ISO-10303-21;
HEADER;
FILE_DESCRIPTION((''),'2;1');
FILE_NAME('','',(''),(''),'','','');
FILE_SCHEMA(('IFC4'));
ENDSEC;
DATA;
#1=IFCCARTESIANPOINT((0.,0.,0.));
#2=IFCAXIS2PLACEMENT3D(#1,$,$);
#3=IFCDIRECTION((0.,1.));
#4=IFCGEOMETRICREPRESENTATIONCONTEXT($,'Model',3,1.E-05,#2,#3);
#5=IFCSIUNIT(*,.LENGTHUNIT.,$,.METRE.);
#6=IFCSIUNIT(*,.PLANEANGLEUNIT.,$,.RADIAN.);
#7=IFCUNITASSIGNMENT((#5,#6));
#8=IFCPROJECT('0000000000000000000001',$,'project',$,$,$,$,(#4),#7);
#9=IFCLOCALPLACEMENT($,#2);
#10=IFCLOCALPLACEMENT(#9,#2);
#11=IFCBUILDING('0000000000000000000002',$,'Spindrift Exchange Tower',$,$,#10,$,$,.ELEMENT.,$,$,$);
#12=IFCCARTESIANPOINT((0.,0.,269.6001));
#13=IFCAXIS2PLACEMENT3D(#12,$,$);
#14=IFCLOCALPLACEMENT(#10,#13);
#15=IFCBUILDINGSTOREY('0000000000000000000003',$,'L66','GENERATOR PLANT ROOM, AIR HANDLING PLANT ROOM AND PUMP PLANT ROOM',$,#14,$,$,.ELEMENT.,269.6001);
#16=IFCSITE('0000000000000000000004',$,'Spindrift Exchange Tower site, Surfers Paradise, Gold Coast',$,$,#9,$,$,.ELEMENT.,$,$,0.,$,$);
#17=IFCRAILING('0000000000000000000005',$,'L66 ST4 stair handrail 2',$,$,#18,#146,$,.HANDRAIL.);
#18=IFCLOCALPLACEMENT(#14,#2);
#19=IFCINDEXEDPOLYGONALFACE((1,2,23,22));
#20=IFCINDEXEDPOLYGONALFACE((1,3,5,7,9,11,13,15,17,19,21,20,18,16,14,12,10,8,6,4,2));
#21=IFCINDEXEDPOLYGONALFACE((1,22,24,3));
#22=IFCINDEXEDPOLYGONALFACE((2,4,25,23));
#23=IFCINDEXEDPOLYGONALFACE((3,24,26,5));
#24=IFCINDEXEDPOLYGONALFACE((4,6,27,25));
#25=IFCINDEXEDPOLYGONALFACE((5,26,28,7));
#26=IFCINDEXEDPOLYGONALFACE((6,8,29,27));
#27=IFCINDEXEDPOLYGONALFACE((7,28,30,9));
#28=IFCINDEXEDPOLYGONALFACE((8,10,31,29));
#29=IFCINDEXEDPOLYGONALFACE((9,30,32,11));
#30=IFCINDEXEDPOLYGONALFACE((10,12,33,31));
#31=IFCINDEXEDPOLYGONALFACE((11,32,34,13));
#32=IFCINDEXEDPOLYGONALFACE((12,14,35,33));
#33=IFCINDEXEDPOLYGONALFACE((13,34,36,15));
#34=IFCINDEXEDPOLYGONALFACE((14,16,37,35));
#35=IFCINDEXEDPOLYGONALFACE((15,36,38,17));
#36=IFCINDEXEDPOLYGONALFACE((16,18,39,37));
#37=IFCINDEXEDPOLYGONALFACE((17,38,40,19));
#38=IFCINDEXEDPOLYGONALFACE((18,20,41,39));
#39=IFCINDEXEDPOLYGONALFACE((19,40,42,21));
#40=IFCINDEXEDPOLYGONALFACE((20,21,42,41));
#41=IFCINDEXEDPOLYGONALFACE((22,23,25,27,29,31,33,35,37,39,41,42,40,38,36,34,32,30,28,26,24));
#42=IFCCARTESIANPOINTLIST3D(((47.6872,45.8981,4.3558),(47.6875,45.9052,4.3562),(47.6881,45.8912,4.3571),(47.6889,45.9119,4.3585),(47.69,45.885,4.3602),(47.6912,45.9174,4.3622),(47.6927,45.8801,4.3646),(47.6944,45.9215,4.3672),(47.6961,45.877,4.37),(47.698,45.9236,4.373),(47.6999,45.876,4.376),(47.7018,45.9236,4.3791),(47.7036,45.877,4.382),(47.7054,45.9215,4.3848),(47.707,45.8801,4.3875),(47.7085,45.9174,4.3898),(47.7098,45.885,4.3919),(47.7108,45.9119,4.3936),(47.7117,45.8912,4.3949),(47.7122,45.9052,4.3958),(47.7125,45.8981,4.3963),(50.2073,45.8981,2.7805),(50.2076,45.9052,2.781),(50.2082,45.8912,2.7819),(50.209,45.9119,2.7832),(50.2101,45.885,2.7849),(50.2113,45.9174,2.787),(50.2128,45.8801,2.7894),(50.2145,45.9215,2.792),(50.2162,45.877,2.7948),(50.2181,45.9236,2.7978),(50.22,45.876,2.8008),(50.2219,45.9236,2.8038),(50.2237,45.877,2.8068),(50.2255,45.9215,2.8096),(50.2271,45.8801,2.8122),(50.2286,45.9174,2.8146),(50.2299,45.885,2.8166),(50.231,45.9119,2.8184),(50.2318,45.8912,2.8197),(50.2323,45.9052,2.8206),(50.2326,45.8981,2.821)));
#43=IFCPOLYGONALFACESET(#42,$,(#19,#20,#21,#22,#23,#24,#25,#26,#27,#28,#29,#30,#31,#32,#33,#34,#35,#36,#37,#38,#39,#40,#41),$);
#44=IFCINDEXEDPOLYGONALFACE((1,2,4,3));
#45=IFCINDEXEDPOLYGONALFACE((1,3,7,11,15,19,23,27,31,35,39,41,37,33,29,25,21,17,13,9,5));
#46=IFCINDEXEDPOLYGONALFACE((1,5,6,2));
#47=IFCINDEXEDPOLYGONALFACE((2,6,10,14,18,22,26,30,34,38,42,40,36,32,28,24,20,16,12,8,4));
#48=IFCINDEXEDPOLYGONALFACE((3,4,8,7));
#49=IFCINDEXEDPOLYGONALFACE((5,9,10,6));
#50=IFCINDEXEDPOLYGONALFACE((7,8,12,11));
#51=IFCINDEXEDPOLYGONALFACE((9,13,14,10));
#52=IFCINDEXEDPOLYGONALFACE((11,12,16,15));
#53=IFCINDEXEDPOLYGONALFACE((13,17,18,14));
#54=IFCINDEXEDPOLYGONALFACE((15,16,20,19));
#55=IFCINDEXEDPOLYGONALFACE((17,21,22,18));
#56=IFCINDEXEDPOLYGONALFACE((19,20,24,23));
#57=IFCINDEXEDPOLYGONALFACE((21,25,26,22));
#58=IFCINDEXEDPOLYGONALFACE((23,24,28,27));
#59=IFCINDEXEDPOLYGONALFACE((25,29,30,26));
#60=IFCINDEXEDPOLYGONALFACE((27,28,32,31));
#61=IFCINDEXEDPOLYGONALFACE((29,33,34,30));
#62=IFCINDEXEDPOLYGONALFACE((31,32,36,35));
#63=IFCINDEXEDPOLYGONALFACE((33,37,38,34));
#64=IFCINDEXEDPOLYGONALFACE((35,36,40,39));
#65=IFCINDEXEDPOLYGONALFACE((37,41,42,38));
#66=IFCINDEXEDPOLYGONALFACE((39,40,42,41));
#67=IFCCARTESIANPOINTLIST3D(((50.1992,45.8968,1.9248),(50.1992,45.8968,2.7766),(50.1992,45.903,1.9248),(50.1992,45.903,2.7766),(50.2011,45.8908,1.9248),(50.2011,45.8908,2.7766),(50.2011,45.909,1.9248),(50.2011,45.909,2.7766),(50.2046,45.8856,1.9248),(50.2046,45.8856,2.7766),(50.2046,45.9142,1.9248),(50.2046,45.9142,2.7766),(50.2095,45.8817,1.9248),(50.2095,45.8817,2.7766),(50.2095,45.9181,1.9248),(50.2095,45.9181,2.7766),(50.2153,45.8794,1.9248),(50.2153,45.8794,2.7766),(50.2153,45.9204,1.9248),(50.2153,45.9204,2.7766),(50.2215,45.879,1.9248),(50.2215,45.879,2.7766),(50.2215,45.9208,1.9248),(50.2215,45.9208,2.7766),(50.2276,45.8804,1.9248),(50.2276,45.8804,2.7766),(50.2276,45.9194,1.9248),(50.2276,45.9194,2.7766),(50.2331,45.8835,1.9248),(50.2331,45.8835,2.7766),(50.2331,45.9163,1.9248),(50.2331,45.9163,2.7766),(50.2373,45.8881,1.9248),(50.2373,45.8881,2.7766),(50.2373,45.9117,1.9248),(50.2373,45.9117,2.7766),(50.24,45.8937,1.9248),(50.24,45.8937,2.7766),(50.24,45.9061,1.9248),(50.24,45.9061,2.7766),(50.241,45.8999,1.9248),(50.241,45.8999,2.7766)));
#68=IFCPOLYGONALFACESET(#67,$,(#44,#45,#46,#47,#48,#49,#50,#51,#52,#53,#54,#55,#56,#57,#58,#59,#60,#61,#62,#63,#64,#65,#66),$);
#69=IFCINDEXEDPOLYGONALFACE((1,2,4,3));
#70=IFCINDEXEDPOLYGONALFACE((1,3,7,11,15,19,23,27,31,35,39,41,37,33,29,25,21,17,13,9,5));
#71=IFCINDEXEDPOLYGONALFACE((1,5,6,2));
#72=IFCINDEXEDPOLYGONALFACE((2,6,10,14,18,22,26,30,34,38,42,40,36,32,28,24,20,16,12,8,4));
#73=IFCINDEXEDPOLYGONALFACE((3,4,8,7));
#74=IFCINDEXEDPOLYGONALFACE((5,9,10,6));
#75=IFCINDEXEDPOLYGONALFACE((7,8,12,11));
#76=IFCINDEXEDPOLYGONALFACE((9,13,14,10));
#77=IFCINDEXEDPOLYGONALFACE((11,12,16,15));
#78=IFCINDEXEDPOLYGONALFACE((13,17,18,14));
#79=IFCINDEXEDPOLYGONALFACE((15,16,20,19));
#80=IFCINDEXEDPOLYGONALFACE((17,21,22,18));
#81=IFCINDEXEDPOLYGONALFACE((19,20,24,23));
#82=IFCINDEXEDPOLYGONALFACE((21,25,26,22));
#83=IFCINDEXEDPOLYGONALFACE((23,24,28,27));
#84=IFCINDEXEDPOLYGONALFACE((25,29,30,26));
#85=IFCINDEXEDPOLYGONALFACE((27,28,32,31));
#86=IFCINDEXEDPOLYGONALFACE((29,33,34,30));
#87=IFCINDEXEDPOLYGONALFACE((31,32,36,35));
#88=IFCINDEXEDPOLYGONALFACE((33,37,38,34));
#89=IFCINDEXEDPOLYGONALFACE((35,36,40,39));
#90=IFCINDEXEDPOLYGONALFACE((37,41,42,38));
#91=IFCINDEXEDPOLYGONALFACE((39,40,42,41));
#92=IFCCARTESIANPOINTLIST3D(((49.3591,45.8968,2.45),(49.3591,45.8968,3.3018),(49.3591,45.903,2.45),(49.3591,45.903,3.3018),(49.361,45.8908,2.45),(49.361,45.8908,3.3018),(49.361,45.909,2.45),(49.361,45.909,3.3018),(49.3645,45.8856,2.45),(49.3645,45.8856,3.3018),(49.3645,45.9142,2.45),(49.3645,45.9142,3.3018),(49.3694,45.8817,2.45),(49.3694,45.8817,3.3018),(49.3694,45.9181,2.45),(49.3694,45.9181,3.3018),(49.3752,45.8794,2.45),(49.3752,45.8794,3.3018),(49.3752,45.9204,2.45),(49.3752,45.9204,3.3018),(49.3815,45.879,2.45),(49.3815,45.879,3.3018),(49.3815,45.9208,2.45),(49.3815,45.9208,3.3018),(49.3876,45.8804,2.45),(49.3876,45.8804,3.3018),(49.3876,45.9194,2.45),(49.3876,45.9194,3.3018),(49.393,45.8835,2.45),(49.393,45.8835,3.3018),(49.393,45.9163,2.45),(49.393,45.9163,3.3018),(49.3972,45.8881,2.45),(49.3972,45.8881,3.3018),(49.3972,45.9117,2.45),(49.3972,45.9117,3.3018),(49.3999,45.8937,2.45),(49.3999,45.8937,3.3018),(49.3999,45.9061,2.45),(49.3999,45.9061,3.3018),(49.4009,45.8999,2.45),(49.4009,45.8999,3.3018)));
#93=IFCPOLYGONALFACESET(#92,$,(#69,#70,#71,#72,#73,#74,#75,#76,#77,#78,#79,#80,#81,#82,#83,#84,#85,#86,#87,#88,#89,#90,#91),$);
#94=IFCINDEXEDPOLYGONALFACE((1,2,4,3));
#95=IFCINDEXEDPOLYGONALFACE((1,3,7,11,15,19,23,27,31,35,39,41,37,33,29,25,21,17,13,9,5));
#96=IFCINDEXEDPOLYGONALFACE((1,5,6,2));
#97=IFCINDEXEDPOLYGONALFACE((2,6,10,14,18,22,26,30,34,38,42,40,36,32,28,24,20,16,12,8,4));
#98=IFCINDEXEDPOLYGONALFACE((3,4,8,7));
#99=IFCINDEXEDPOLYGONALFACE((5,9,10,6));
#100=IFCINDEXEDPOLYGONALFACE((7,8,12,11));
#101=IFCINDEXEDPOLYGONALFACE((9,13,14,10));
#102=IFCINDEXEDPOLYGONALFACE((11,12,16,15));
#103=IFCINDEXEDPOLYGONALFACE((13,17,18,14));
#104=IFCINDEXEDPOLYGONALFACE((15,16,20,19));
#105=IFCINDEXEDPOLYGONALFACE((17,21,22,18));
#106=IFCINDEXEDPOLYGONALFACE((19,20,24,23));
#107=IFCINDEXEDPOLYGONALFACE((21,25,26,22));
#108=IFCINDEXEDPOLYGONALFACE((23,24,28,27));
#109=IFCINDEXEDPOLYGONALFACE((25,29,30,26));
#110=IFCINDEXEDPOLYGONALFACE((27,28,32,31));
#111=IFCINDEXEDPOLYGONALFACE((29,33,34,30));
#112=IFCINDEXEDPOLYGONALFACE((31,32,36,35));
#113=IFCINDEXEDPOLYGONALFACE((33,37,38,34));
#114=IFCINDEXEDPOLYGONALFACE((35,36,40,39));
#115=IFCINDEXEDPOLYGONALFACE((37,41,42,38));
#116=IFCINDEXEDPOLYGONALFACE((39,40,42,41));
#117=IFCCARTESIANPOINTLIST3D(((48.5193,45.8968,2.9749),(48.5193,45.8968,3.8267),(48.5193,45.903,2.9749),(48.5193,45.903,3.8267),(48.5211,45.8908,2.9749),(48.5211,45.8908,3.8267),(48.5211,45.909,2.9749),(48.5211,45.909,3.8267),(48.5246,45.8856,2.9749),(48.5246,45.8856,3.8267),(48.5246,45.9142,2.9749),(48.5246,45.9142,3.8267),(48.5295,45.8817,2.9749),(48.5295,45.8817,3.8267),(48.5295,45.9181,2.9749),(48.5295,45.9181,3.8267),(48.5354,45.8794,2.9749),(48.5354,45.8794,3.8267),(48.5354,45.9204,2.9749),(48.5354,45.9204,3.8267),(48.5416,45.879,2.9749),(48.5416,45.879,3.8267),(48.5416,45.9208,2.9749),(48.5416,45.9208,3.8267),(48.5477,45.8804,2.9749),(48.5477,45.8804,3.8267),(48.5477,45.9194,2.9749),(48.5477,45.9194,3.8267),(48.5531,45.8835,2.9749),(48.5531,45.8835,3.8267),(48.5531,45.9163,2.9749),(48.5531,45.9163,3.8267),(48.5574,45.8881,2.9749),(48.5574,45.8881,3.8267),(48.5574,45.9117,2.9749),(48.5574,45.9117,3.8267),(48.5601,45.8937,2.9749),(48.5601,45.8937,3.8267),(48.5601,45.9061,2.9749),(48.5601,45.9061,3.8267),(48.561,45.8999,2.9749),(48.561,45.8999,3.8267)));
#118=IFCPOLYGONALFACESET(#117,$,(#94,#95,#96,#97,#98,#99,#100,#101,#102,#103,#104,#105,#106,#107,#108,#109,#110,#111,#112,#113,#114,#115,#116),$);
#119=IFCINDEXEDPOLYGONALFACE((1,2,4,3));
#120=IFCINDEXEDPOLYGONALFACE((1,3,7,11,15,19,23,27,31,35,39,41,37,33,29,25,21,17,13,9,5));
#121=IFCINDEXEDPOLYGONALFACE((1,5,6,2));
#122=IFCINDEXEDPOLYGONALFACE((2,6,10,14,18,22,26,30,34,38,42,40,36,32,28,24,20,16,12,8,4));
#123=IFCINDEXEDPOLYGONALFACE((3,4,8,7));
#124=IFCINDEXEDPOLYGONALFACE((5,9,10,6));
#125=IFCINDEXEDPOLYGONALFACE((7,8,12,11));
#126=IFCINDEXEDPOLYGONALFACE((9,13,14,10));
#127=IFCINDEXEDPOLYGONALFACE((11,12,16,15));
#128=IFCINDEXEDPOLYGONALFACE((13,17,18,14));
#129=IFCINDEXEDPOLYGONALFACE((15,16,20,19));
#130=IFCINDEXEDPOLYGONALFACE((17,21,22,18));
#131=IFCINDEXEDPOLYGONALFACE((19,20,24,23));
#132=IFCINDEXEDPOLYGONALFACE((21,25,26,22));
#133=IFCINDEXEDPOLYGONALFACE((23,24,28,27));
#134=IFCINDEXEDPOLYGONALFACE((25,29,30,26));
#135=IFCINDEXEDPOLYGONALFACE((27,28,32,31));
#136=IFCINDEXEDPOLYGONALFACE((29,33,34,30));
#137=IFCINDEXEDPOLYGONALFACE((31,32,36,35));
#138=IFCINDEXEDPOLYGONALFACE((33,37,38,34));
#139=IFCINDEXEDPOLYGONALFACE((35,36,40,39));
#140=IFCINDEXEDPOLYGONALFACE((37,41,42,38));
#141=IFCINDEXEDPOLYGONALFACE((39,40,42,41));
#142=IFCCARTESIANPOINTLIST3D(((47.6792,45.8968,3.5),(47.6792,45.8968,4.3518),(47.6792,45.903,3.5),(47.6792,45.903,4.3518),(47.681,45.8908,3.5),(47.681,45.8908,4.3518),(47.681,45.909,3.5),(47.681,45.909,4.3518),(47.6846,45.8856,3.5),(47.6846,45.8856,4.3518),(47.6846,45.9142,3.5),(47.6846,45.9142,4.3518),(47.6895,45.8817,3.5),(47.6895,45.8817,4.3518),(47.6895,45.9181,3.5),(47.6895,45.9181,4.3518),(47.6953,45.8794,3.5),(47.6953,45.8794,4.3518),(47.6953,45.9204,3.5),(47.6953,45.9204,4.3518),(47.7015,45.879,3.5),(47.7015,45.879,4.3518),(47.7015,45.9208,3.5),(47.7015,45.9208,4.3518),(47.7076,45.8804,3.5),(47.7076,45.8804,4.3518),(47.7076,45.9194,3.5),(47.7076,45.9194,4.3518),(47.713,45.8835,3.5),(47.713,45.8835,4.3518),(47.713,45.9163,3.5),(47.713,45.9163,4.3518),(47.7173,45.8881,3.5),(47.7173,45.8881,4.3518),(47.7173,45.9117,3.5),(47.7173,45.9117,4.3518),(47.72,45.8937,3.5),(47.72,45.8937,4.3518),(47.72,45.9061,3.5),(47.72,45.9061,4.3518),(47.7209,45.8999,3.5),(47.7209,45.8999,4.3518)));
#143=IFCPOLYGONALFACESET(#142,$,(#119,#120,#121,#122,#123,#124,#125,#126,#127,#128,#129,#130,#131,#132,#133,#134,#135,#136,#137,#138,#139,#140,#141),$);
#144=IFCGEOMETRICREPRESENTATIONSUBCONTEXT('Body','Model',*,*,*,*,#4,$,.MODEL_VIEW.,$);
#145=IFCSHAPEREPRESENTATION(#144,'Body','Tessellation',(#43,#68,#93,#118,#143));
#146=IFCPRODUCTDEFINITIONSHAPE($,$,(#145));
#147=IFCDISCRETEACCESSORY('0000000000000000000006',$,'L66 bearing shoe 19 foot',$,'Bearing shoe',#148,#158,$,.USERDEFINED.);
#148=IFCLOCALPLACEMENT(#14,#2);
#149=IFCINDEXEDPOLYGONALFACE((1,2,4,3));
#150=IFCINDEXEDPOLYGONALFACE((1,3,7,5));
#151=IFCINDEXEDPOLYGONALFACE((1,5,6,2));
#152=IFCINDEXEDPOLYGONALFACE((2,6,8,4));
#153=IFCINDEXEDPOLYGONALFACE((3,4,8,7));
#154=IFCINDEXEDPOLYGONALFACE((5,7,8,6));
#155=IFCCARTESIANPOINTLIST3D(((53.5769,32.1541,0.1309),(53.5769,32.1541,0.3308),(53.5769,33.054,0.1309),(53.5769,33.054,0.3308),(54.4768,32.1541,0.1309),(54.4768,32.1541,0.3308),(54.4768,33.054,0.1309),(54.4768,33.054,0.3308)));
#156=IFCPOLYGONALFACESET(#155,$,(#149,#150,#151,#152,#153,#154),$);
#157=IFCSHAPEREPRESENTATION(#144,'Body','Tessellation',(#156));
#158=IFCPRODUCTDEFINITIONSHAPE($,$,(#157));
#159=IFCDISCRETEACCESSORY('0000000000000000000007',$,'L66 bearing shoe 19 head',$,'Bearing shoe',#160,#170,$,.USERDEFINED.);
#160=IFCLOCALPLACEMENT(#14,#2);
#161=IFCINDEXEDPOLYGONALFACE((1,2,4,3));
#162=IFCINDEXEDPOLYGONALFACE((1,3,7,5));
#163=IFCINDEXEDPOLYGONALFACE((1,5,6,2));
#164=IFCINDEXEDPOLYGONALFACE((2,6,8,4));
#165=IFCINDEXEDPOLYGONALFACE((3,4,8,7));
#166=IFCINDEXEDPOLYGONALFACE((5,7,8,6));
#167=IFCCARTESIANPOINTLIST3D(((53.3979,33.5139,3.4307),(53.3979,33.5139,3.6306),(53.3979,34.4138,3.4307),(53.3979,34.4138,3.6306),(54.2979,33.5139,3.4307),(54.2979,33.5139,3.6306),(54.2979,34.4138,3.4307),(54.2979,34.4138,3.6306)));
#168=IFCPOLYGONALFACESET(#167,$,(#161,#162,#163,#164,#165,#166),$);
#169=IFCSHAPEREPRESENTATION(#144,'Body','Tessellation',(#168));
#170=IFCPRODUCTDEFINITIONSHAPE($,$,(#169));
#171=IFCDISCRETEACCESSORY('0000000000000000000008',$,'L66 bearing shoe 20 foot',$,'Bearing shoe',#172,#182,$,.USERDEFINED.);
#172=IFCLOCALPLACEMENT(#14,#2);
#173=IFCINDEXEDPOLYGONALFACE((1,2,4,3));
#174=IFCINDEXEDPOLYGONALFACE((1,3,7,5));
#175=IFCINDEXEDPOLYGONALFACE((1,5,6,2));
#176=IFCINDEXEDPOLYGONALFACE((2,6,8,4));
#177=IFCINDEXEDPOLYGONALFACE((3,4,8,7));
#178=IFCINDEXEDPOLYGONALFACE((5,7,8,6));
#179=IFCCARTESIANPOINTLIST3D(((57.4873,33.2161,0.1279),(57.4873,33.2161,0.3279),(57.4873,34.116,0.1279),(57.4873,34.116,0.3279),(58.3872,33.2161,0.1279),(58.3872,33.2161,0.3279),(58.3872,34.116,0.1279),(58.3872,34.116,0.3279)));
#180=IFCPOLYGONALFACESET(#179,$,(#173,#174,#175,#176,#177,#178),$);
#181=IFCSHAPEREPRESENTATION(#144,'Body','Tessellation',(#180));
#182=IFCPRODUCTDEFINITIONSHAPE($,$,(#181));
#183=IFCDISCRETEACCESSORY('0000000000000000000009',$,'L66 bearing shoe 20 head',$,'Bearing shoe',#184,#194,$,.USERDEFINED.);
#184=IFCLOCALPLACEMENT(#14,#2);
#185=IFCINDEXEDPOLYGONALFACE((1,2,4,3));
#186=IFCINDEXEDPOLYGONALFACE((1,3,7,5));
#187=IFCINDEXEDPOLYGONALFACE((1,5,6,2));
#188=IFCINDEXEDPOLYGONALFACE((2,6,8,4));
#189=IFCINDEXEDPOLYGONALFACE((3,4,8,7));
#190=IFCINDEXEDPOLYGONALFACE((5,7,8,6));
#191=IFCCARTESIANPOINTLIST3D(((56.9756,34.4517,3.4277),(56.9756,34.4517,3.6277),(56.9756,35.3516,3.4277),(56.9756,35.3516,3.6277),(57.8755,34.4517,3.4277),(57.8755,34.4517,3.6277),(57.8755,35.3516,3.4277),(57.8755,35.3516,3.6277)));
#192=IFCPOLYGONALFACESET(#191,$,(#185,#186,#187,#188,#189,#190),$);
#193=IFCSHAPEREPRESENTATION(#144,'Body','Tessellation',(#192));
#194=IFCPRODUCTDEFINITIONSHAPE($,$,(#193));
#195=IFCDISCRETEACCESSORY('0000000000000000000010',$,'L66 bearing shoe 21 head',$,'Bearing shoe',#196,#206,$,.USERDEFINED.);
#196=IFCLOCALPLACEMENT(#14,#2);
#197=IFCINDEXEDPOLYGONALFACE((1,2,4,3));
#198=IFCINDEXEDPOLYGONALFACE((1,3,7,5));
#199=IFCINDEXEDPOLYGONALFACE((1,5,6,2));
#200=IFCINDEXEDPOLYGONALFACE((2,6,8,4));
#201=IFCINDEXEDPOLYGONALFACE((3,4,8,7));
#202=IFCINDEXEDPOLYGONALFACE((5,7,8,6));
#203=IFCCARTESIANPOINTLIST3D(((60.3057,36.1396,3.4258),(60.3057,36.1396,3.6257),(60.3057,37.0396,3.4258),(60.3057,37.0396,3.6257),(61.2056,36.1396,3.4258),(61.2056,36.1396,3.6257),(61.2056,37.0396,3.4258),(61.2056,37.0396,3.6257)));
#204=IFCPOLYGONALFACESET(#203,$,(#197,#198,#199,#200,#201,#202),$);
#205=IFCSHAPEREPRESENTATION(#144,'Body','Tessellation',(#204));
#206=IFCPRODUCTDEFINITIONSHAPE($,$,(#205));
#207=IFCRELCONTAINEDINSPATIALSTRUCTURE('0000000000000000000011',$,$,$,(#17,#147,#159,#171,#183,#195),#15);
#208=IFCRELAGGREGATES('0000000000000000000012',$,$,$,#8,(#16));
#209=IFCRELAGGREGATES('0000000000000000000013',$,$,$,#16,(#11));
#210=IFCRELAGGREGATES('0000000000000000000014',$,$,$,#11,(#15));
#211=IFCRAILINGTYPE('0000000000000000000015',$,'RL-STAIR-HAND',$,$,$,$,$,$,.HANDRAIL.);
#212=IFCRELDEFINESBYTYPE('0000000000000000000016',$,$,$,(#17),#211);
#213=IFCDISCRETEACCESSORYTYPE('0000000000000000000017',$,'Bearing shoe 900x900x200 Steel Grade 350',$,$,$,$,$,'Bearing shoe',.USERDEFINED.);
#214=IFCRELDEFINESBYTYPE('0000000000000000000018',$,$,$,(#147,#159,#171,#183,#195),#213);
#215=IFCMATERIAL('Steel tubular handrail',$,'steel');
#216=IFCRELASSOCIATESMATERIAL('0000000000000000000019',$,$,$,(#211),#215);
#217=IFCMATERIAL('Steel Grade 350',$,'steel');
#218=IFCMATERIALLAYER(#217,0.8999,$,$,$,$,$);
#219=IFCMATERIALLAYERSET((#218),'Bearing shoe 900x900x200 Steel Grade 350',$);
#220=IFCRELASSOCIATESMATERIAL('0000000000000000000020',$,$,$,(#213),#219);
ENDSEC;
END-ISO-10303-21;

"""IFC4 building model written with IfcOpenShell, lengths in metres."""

from ifc_helpers import new_model, si_unit, direction, frame, origin, origin_2d, place, context, subcontext, project, spatial, rectangle, circle, extrude, source, transform, mapped, material, layer, layer_set, type_object, element, save


model = new_model("IFC4")

# Units and contexts
model_context = context("Model", 3, precision=1e-05, world=origin(), true_north=direction((0.0, 1.0)))
body_context = subcontext(model_context, "Body", "Model", "MODEL_VIEW")
ifc_project = project(units=[si_unit("LENGTHUNIT", "METRE"), si_unit("PLANEANGLEUNIT", "RADIAN")], contexts=[model_context])

# Site, building, storey
site_placement = place(None, origin())
site = spatial("IfcSite", under=ifc_project, at=site_placement, Name="Spindrift Exchange Tower site, Surfers Paradise, Gold Coast", CompositionType="ELEMENT", RefElevation=0.0)
building_placement = place(site_placement, origin())
building = spatial("IfcBuilding", under=site, at=building_placement, Name="Spindrift Exchange Tower", CompositionType="ELEMENT")
storey_placement = place(building_placement, frame((0.0, 0.0, 269.6001)))
storey = spatial("IfcBuildingStorey", under=building, at=storey_placement, Name="L66", Description="GENERATOR PLANT ROOM, AIR HANDLING PLANT ROOM AND PUMP PLANT ROOM", CompositionType="ELEMENT", Elevation=269.6001)

# Railing
ifc_material_1 = material(Name="Steel tubular handrail", Category="steel")
railing_type_1 = type_object("IfcRailingType", Name="RL-STAIR-HAND", PredefinedType="HANDRAIL", material=ifc_material_1)
railing_1_placement = place(storey_placement, frame((50.22, 45.8999, 1.9248)))
element("IfcRailing", 1, at=railing_1_placement, inside=storey, type_object=railing_type_1, Name="L66 ST4 stair handrail 2", PredefinedType="HANDRAIL", context=body_context, shape_type="SweptSolid", body=[
    extrude(circle(Radius=0.0239, at=origin_2d()), frame((0.0, 0.0, 0.876), z_axis=(-0.847971, 0.0, 0.530043), x_axis=(0.0, -1.0, 0.0)), (0.0, 0.0, 1.0), 2.9719),
    extrude(circle(Radius=0.021, at=origin_2d()), origin(), (0.0, 0.0, 1.0), 0.8518),
    extrude(circle(Radius=0.021, at=origin_2d()), frame((-0.8401, 0.0, 0.5251)), (0.0, 0.0, 1.0), 0.8518),
    extrude(circle(Radius=0.021, at=origin_2d()), frame((-1.6799, 0.0, 1.05)), (0.0, 0.0, 1.0), 0.8518),
    extrude(circle(Radius=0.021, at=origin_2d()), frame((-2.52, 0.0, 1.5752)), (0.0, 0.0, 1.0), 0.8518),
])

# Discrete accessories
ifc_material_2 = material(Name="Steel Grade 350", Category="steel")
ifc_layer_1 = layer(ifc_material_2, 0.8999)
ifc_layer_set_1 = layer_set([ifc_layer_1], Name="Bearing shoe 900x900x200 Steel Grade 350")
discrete_accessory_type = type_object("IfcDiscreteAccessoryType", Name="Bearing shoe 900x900x200 Steel Grade 350", ElementType="Bearing shoe", PredefinedType="USERDEFINED", material=ifc_layer_set_1)
shared_shape_1 = source(origin(), body_context, "Body", "SweptSolid", [
    extrude(rectangle(XDim=0.8999, YDim=0.8999, at=origin_2d()), origin(), (0.0, 0.0, 1.0), 0.2),
])
for number, where, z_axis, x_axis, name in (
    (2, (54.0269, 32.604, 0.1309), (0.0, 0.0, 1.0), (1.0, 0.0, 0.0), "L66 bearing shoe 19 foot"),
    (3, (53.8479, 33.9639, 3.4307), (0.0, 0.0, 1.0), (1.0, 0.0, 0.0), "L66 bearing shoe 19 head"),
    (4, (57.9373, 33.666, 0.1279), (0.0, 0.0, 1.0), (1.0, 0.0, 0.0), "L66 bearing shoe 20 foot"),
    (5, (57.4255, 34.9016, 3.4277), (0.0, 0.0, 1.0), (1.0, 0.0, 0.0), "L66 bearing shoe 20 head"),
    (6, (60.7556, 36.5896, 3.4258), (0.0, 0.0, 1.0), (1.0, 0.0, 0.0), "L66 bearing shoe 21 head"),
):
    element("IfcDiscreteAccessory", number, at=place(storey_placement, frame(where, z_axis=z_axis, x_axis=x_axis)), inside=storey, type_object=discrete_accessory_type, Name=name, ObjectType="Bearing shoe", PredefinedType="USERDEFINED", context=body_context, shape_type="MappedRepresentation", body=[
        mapped(shared_shape_1, transform((0.0, 0.0, 0.0), scale=1.0)),
    ])

save(model, "model.ifc")
